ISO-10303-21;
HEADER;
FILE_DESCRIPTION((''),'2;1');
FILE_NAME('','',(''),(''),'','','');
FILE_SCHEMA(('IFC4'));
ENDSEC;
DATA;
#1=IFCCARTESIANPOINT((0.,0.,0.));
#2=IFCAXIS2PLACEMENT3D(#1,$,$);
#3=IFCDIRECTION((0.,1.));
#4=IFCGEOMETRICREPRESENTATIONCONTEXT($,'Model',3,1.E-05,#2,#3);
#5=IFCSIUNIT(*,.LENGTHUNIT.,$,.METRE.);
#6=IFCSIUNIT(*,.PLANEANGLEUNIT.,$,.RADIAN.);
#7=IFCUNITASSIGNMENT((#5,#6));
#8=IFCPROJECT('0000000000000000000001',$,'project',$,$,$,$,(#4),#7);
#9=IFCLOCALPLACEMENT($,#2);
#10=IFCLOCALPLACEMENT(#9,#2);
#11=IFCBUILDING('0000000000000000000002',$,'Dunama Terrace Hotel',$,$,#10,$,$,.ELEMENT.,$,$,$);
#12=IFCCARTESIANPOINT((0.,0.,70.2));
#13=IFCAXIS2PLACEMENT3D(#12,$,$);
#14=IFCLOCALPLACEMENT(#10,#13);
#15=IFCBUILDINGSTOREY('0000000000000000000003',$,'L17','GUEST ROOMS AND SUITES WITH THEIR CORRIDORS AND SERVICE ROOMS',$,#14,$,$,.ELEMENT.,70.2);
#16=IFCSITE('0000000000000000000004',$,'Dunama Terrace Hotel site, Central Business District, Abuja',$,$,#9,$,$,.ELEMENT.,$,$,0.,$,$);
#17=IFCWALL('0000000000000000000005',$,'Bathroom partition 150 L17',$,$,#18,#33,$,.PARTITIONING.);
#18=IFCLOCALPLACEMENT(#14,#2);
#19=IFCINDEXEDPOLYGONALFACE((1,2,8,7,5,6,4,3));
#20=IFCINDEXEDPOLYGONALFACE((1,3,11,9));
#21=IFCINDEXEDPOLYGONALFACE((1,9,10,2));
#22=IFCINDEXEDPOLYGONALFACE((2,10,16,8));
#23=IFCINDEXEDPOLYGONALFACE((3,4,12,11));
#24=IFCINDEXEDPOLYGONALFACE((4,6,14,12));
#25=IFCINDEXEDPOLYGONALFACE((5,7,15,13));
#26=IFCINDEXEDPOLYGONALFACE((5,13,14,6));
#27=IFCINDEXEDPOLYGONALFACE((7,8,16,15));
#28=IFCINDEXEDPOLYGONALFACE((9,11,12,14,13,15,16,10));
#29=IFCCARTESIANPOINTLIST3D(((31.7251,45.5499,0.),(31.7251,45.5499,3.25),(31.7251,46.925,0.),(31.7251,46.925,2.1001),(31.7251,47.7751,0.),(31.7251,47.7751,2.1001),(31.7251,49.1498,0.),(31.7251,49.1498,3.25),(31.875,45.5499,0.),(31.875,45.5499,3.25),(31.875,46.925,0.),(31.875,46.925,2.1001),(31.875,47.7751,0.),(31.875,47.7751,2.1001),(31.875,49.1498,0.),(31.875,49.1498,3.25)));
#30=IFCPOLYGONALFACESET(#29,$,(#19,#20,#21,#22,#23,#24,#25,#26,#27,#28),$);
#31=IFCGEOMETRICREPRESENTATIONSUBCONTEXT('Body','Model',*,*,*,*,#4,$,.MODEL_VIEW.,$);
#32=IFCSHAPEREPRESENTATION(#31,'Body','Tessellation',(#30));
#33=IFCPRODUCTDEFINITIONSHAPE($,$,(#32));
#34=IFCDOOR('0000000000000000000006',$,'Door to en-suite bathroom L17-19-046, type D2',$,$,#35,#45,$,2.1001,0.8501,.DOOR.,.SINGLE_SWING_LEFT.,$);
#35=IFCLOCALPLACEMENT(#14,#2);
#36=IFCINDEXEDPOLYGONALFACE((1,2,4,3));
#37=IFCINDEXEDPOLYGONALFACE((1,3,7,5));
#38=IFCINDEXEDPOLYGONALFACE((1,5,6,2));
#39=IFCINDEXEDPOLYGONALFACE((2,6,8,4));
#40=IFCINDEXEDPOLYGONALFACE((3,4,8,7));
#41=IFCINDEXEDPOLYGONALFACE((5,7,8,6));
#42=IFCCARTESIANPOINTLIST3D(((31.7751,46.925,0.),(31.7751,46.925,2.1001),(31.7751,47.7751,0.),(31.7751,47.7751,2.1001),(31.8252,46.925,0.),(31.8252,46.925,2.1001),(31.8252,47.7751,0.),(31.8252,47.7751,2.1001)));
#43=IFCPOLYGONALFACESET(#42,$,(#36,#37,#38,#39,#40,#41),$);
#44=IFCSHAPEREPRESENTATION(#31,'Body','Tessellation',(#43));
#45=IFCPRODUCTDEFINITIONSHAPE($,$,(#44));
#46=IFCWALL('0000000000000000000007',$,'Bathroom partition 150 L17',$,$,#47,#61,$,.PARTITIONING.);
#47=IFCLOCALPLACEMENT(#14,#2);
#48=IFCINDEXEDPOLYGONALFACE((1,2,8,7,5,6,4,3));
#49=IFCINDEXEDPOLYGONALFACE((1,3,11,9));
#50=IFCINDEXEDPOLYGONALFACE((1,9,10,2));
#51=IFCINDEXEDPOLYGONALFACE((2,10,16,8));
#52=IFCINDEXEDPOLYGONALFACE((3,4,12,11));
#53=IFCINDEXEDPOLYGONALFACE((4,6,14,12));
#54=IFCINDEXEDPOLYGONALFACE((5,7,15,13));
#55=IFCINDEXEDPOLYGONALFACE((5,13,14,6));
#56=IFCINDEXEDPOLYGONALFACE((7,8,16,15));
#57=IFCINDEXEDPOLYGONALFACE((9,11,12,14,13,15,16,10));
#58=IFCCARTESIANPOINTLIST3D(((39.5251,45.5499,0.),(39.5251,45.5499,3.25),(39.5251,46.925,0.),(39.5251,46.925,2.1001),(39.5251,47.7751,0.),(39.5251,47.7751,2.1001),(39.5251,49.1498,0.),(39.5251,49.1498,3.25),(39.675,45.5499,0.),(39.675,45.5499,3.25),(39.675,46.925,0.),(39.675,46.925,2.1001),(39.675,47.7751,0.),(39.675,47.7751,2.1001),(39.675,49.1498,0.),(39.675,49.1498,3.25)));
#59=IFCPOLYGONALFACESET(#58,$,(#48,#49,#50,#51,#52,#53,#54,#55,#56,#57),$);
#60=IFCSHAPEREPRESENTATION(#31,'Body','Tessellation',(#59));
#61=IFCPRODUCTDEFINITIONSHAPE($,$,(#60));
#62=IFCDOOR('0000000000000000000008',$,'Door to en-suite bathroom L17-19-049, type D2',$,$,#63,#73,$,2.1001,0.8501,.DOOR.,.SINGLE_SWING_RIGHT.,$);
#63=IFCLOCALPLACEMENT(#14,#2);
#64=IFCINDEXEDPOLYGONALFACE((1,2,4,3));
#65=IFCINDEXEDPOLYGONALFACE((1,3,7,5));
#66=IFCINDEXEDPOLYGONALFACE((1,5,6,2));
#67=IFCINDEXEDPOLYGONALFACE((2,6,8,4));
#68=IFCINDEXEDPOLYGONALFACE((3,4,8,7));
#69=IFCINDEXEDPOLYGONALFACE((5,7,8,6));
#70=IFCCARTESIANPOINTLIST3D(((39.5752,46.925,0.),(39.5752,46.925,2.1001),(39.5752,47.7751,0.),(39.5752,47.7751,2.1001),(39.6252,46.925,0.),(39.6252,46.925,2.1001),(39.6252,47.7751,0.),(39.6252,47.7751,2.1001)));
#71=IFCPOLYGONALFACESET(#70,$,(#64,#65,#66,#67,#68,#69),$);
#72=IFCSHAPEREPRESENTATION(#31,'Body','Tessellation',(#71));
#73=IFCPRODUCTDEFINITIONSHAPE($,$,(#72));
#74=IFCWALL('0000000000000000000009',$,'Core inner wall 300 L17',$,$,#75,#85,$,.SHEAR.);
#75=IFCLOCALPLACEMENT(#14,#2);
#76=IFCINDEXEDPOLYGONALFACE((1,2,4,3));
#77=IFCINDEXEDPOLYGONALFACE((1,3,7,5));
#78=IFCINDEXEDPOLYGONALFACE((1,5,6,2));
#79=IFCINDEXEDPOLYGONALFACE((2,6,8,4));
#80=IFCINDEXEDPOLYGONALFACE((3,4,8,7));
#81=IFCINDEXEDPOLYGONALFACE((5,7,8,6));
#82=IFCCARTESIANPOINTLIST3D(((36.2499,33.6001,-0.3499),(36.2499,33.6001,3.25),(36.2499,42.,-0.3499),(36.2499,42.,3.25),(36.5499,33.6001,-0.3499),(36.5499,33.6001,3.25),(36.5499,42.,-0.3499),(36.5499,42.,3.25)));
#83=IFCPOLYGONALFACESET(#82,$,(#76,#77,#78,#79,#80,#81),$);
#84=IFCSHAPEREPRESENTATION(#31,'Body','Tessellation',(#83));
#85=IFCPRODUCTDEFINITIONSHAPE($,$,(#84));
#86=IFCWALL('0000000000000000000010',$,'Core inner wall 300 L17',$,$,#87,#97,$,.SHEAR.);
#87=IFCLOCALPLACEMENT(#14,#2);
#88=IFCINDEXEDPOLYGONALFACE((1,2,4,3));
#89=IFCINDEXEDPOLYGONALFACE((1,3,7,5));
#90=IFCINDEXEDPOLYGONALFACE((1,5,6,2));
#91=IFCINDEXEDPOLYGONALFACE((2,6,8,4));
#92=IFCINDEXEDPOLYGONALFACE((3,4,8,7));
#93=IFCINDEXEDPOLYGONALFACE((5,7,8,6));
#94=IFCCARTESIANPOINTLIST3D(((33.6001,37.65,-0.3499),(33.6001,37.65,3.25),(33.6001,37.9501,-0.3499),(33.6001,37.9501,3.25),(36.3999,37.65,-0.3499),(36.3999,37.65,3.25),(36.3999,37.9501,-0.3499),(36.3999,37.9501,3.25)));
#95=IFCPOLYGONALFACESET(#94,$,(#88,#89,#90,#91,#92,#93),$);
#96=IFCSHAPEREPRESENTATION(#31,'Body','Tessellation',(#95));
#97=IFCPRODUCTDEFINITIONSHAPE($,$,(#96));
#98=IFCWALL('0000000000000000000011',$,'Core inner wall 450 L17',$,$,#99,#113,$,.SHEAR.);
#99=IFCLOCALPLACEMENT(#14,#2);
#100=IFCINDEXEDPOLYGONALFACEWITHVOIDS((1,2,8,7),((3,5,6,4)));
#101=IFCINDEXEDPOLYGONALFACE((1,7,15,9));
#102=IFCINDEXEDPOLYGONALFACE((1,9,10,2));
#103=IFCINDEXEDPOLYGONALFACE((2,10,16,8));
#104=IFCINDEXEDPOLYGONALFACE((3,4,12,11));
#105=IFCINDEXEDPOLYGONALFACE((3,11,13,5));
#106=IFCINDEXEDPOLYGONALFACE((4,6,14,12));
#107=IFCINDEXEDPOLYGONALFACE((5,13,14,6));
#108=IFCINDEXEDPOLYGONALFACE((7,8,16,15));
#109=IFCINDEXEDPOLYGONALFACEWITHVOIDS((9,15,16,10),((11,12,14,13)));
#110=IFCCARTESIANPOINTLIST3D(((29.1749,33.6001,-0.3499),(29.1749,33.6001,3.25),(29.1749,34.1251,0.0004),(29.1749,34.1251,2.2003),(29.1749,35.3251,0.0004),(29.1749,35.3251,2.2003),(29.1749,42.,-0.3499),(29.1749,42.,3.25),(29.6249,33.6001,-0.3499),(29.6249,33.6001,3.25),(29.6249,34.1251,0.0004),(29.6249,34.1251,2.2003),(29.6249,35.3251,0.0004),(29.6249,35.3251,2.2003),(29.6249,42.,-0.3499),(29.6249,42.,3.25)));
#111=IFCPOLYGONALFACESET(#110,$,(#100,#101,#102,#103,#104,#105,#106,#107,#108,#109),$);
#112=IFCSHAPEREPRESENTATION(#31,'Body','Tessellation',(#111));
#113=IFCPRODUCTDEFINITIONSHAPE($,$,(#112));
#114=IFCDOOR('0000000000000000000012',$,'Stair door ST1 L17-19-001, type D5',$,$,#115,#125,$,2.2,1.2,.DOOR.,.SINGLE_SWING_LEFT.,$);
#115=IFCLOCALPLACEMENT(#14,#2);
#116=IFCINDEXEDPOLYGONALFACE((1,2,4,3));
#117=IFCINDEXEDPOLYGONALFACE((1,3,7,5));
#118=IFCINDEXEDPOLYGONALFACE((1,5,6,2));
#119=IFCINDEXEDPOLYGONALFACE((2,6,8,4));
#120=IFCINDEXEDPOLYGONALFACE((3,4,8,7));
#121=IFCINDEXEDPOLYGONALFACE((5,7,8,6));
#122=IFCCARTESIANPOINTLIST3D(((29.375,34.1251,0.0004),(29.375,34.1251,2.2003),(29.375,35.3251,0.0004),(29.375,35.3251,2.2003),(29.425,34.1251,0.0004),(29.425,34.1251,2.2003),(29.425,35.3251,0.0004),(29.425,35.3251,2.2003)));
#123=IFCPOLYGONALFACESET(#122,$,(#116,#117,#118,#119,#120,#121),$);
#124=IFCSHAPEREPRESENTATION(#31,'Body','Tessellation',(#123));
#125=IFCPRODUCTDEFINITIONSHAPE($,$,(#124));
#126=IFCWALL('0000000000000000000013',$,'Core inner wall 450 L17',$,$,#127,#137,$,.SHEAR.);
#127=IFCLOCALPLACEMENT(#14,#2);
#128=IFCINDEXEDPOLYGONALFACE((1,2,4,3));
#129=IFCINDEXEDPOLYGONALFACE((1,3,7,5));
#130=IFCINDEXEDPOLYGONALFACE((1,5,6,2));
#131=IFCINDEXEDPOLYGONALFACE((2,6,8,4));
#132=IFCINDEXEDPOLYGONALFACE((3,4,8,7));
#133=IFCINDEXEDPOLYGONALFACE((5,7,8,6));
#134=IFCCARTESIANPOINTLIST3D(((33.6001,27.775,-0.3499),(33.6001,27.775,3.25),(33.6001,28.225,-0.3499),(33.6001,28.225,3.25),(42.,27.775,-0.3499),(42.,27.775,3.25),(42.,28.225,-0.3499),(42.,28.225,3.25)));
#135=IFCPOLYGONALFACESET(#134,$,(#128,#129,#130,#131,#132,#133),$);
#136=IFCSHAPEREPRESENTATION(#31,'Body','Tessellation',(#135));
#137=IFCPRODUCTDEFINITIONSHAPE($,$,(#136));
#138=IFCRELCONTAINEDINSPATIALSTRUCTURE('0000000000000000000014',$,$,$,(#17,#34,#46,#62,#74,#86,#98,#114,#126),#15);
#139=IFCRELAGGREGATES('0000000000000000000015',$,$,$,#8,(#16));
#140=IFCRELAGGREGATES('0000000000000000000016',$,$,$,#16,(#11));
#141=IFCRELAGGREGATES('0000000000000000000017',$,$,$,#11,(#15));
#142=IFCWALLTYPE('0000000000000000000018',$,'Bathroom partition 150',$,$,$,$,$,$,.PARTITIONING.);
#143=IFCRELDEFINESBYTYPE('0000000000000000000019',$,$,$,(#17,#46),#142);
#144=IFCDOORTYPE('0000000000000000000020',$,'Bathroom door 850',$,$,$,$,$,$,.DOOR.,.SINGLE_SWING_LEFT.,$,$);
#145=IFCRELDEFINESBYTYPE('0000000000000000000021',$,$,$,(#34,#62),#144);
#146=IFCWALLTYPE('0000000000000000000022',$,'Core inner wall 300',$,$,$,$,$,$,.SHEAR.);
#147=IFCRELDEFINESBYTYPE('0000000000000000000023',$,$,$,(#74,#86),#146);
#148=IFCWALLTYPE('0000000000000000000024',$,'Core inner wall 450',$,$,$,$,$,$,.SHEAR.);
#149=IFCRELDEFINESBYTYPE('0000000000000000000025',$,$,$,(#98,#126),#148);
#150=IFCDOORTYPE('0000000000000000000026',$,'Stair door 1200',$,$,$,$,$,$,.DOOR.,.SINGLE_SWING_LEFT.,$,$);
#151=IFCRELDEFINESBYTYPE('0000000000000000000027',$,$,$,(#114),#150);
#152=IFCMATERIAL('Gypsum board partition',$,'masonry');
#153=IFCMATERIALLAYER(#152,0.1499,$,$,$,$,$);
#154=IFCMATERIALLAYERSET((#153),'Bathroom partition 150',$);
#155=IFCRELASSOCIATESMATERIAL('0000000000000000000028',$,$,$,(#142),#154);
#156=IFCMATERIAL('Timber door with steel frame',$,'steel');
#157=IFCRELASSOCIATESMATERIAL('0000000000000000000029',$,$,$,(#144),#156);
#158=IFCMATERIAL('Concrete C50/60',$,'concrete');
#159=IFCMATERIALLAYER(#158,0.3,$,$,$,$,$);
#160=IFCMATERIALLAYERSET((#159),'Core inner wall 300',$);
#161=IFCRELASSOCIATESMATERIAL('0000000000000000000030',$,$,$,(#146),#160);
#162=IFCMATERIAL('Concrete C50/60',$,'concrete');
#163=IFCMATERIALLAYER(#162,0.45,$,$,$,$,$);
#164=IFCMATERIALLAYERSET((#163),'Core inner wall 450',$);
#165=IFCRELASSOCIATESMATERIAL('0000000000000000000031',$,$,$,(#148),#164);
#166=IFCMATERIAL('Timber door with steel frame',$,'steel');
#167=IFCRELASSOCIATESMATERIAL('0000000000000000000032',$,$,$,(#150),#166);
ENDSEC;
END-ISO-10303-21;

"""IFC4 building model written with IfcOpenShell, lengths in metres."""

from ifc_helpers import new_model, si_unit, direction, frame, frame_2d, origin, place, context, subcontext, project, spatial, rectangle, extrude, material, layer, layer_set, type_object, element, fill, save


model = new_model("IFC4")

# Units and contexts
model_context = context("Model", 3, precision=1e-05, world=origin(), true_north=direction((0.0, 1.0)))
body_context = subcontext(model_context, "Body", "Model", "MODEL_VIEW")
ifc_project = project(units=[si_unit("LENGTHUNIT", "METRE"), si_unit("PLANEANGLEUNIT", "RADIAN")], contexts=[model_context])

# Site, building, storey
site_placement = place(None, origin())
site = spatial("IfcSite", under=ifc_project, at=site_placement, Name="Dunama Terrace Hotel site, Central Business District, Abuja", CompositionType="ELEMENT", RefElevation=0.0)
building_placement = place(site_placement, origin())
building = spatial("IfcBuilding", under=site, at=building_placement, Name="Dunama Terrace Hotel", CompositionType="ELEMENT")
storey_placement = place(building_placement, frame((0.0, 0.0, 70.2)))
storey = spatial("IfcBuildingStorey", under=building, at=storey_placement, Name="L17", Description="GUEST ROOMS AND SUITES WITH THEIR CORRIDORS AND SERVICE ROOMS", CompositionType="ELEMENT", Elevation=70.2)

# Walls, openings, doors
ifc_material_1 = material(Name="Gypsum board partition", Category="masonry")
ifc_layer_1 = layer(ifc_material_1, 0.1499)
ifc_layer_set_1 = layer_set([ifc_layer_1], Name="Bathroom partition 150")
wall_type_1 = type_object("IfcWallType", Name="Bathroom partition 150", PredefinedType="PARTITIONING", material=ifc_layer_set_1)
wall_1_placement = place(storey_placement, frame((31.8, 45.55, 0.0), z_axis=(0.0, 0.0, 1.0), x_axis=(0.0, 1.0, 0.0)))
wall_1 = element("IfcWall", 1, at=wall_1_placement, inside=storey, type_object=wall_type_1, Name="Bathroom partition 150 L17", PredefinedType="PARTITIONING", context=body_context, shape_type="SweptSolid", body=[
    extrude(rectangle(XDim=3.5999, YDim=0.1499, at=frame_2d((1.7998, 0.0))), origin(), (0.0, 0.0, 1.0), 3.25),
])
opening_1_placement = place(wall_1_placement, frame((1.375, 0.0, 0.0)))
opening_1 = element("IfcOpeningElement", 2, at=opening_1_placement, cuts=wall_1, PredefinedType="OPENING", context=body_context, shape_type="SweptSolid", body=[
    extrude(rectangle(XDim=0.8501, YDim=2.1001, at=frame_2d((0.425, 1.05))), frame((0.0, 0.085, 0.0), z_axis=(0.0, -1.0, 0.0), x_axis=(1.0, 0.0, 0.0)), (0.0, 0.0, 1.0), 0.1699),
])
ifc_material_2 = material(Name="Timber door with steel frame", Category="steel")
door_type_1 = type_object("IfcDoorType", Name="Bathroom door 850", OperationType="SINGLE_SWING_LEFT", PredefinedType="DOOR", material=ifc_material_2)
door_1_placement = place(opening_1_placement, origin())
door_1 = element("IfcDoor", 3, at=door_1_placement, inside=storey, type_object=door_type_1, Name="Door to en-suite bathroom L17-19-046, type D2", OperationType="SINGLE_SWING_LEFT", OverallHeight=2.1001, OverallWidth=0.8501, PredefinedType="DOOR", context=body_context, shape_type="SweptSolid", body=[
    extrude(rectangle(XDim=0.8501, YDim=2.1001, at=frame_2d((0.425, 1.05))), frame((0.0, 0.0249, 0.0), z_axis=(0.0, -1.0, 0.0), x_axis=(1.0, 0.0, 0.0)), (0.0, 0.0, 1.0), 0.05),
])
fill(opening_1, door_1)
wall_2_placement = place(storey_placement, frame((39.6001, 45.55, 0.0), z_axis=(0.0, 0.0, 1.0), x_axis=(0.0, 1.0, 0.0)))
wall_2 = element("IfcWall", 4, at=wall_2_placement, inside=storey, type_object=wall_type_1, Name="Bathroom partition 150 L17", PredefinedType="PARTITIONING", context=body_context, shape_type="SweptSolid", body=[
    extrude(rectangle(XDim=3.5999, YDim=0.1499, at=frame_2d((1.7998, 0.0))), origin(), (0.0, 0.0, 1.0), 3.25),
])
opening_2_placement = place(wall_2_placement, frame((1.375, 0.0, 0.0)))
opening_2 = element("IfcOpeningElement", 5, at=opening_2_placement, cuts=wall_2, PredefinedType="OPENING", context=body_context, shape_type="SweptSolid", body=[
    extrude(rectangle(XDim=0.8501, YDim=2.1001, at=frame_2d((0.425, 1.05))), frame((0.0, 0.085, 0.0), z_axis=(0.0, -1.0, 0.0), x_axis=(1.0, 0.0, 0.0)), (0.0, 0.0, 1.0), 0.1699),
])
door_2_placement = place(opening_2_placement, frame((0.8501, 0.0, 0.0), z_axis=(0.0, 0.0, 1.0), x_axis=(-1.0, 0.0, 0.0)))
door_2 = element("IfcDoor", 6, at=door_2_placement, inside=storey, type_object=door_type_1, Name="Door to en-suite bathroom L17-19-049, type D2", OperationType="SINGLE_SWING_RIGHT", OverallHeight=2.1001, OverallWidth=0.8501, PredefinedType="DOOR", context=body_context, shape_type="SweptSolid", body=[
    extrude(rectangle(XDim=0.8501, YDim=2.1001, at=frame_2d((0.425, 1.05))), frame((0.0, 0.0251, 0.0), z_axis=(0.0, -1.0, 0.0), x_axis=(1.0, 0.0, 0.0)), (0.0, 0.0, 1.0), 0.05),
])
fill(opening_2, door_2)

# Walls
ifc_material_3 = material(Name="Concrete C50/60", Category="concrete")
ifc_layer_2 = layer(ifc_material_3, 0.3)
ifc_layer_set_2 = layer_set([ifc_layer_2], Name="Core inner wall 300")
wall_type_2 = type_object("IfcWallType", Name="Core inner wall 300", PredefinedType="SHEAR", material=ifc_layer_set_2)
wall_3_placement = place(storey_placement, frame((36.3999, 33.6001, -0.3499), z_axis=(0.0, 0.0, 1.0), x_axis=(0.0, 1.0, 0.0)))
element("IfcWall", 7, at=wall_3_placement, inside=storey, type_object=wall_type_2, Name="Core inner wall 300 L17", PredefinedType="SHEAR", context=body_context, shape_type="SweptSolid", body=[
    extrude(rectangle(XDim=8.3999, YDim=0.3, at=frame_2d((4.2, 0.0))), origin(), (0.0, 0.0, 1.0), 3.5999),
])
wall_4_placement = place(storey_placement, frame((33.6001, 37.8, -0.3499), z_axis=(0.0, 0.0, 1.0), x_axis=(1.0, 0.0, 0.0)))
element("IfcWall", 8, at=wall_4_placement, inside=storey, type_object=wall_type_2, Name="Core inner wall 300 L17", PredefinedType="SHEAR", context=body_context, shape_type="SweptSolid", body=[
    extrude(rectangle(XDim=2.7998, YDim=0.3, at=frame_2d((1.3999, 0.0))), origin(), (0.0, 0.0, 1.0), 3.5999),
])

# Wall, opening, door
ifc_material_4 = material(Name="Concrete C50/60", Category="concrete")
ifc_layer_3 = layer(ifc_material_4, 0.45)
ifc_layer_set_3 = layer_set([ifc_layer_3], Name="Core inner wall 450")
wall_type_3 = type_object("IfcWallType", Name="Core inner wall 450", PredefinedType="SHEAR", material=ifc_layer_set_3)
wall_5_placement = place(storey_placement, frame((29.3999, 33.6001, -0.3499), z_axis=(0.0, 0.0, 1.0), x_axis=(0.0, 1.0, 0.0)))
wall_5 = element("IfcWall", 9, at=wall_5_placement, inside=storey, type_object=wall_type_3, Name="Core inner wall 450 L17", PredefinedType="SHEAR", context=body_context, shape_type="SweptSolid", body=[
    extrude(rectangle(XDim=8.3999, YDim=0.45, at=frame_2d((4.2, 0.0))), origin(), (0.0, 0.0, 1.0), 3.5999),
])
opening_3_placement = place(wall_5_placement, frame((0.5249, 0.0, 0.3501)))
opening_3 = element("IfcOpeningElement", 10, at=opening_3_placement, cuts=wall_5, PredefinedType="OPENING", context=body_context, shape_type="SweptSolid", body=[
    extrude(rectangle(XDim=1.2, YDim=2.2, at=frame_2d((0.6001, 1.1001))), frame((0.0, 0.2349, 0.0), z_axis=(0.0, -1.0, 0.0), x_axis=(1.0, 0.0, 0.0)), (0.0, 0.0, 1.0), 0.47),
])
ifc_material_5 = material(Name="Timber door with steel frame", Category="steel")
door_type_2 = type_object("IfcDoorType", Name="Stair door 1200", OperationType="SINGLE_SWING_LEFT", PredefinedType="DOOR", material=ifc_material_5)
door_3_placement = place(opening_3_placement, origin())
door_3 = element("IfcDoor", 11, at=door_3_placement, inside=storey, type_object=door_type_2, Name="Stair door ST1 L17-19-001, type D5", OperationType="SINGLE_SWING_LEFT", OverallHeight=2.2, OverallWidth=1.2, PredefinedType="DOOR", context=body_context, shape_type="SweptSolid", body=[
    extrude(rectangle(XDim=1.2, YDim=2.2, at=frame_2d((0.6001, 1.1001))), frame((0.0, 0.0249, 0.0), z_axis=(0.0, -1.0, 0.0), x_axis=(1.0, 0.0, 0.0)), (0.0, 0.0, 1.0), 0.05),
])
fill(opening_3, door_3)

# Wall
wall_6_placement = place(storey_placement, frame((33.6001, 28.0, -0.3499), z_axis=(0.0, 0.0, 1.0), x_axis=(1.0, 0.0, 0.0)))
element("IfcWall", 12, at=wall_6_placement, inside=storey, type_object=wall_type_3, Name="Core inner wall 450 L17", PredefinedType="SHEAR", context=body_context, shape_type="SweptSolid", body=[
    extrude(rectangle(XDim=8.3999, YDim=0.45, at=frame_2d((4.2, 0.0))), origin(), (0.0, 0.0, 1.0), 3.5999),
])

save(model, "model.ifc")
